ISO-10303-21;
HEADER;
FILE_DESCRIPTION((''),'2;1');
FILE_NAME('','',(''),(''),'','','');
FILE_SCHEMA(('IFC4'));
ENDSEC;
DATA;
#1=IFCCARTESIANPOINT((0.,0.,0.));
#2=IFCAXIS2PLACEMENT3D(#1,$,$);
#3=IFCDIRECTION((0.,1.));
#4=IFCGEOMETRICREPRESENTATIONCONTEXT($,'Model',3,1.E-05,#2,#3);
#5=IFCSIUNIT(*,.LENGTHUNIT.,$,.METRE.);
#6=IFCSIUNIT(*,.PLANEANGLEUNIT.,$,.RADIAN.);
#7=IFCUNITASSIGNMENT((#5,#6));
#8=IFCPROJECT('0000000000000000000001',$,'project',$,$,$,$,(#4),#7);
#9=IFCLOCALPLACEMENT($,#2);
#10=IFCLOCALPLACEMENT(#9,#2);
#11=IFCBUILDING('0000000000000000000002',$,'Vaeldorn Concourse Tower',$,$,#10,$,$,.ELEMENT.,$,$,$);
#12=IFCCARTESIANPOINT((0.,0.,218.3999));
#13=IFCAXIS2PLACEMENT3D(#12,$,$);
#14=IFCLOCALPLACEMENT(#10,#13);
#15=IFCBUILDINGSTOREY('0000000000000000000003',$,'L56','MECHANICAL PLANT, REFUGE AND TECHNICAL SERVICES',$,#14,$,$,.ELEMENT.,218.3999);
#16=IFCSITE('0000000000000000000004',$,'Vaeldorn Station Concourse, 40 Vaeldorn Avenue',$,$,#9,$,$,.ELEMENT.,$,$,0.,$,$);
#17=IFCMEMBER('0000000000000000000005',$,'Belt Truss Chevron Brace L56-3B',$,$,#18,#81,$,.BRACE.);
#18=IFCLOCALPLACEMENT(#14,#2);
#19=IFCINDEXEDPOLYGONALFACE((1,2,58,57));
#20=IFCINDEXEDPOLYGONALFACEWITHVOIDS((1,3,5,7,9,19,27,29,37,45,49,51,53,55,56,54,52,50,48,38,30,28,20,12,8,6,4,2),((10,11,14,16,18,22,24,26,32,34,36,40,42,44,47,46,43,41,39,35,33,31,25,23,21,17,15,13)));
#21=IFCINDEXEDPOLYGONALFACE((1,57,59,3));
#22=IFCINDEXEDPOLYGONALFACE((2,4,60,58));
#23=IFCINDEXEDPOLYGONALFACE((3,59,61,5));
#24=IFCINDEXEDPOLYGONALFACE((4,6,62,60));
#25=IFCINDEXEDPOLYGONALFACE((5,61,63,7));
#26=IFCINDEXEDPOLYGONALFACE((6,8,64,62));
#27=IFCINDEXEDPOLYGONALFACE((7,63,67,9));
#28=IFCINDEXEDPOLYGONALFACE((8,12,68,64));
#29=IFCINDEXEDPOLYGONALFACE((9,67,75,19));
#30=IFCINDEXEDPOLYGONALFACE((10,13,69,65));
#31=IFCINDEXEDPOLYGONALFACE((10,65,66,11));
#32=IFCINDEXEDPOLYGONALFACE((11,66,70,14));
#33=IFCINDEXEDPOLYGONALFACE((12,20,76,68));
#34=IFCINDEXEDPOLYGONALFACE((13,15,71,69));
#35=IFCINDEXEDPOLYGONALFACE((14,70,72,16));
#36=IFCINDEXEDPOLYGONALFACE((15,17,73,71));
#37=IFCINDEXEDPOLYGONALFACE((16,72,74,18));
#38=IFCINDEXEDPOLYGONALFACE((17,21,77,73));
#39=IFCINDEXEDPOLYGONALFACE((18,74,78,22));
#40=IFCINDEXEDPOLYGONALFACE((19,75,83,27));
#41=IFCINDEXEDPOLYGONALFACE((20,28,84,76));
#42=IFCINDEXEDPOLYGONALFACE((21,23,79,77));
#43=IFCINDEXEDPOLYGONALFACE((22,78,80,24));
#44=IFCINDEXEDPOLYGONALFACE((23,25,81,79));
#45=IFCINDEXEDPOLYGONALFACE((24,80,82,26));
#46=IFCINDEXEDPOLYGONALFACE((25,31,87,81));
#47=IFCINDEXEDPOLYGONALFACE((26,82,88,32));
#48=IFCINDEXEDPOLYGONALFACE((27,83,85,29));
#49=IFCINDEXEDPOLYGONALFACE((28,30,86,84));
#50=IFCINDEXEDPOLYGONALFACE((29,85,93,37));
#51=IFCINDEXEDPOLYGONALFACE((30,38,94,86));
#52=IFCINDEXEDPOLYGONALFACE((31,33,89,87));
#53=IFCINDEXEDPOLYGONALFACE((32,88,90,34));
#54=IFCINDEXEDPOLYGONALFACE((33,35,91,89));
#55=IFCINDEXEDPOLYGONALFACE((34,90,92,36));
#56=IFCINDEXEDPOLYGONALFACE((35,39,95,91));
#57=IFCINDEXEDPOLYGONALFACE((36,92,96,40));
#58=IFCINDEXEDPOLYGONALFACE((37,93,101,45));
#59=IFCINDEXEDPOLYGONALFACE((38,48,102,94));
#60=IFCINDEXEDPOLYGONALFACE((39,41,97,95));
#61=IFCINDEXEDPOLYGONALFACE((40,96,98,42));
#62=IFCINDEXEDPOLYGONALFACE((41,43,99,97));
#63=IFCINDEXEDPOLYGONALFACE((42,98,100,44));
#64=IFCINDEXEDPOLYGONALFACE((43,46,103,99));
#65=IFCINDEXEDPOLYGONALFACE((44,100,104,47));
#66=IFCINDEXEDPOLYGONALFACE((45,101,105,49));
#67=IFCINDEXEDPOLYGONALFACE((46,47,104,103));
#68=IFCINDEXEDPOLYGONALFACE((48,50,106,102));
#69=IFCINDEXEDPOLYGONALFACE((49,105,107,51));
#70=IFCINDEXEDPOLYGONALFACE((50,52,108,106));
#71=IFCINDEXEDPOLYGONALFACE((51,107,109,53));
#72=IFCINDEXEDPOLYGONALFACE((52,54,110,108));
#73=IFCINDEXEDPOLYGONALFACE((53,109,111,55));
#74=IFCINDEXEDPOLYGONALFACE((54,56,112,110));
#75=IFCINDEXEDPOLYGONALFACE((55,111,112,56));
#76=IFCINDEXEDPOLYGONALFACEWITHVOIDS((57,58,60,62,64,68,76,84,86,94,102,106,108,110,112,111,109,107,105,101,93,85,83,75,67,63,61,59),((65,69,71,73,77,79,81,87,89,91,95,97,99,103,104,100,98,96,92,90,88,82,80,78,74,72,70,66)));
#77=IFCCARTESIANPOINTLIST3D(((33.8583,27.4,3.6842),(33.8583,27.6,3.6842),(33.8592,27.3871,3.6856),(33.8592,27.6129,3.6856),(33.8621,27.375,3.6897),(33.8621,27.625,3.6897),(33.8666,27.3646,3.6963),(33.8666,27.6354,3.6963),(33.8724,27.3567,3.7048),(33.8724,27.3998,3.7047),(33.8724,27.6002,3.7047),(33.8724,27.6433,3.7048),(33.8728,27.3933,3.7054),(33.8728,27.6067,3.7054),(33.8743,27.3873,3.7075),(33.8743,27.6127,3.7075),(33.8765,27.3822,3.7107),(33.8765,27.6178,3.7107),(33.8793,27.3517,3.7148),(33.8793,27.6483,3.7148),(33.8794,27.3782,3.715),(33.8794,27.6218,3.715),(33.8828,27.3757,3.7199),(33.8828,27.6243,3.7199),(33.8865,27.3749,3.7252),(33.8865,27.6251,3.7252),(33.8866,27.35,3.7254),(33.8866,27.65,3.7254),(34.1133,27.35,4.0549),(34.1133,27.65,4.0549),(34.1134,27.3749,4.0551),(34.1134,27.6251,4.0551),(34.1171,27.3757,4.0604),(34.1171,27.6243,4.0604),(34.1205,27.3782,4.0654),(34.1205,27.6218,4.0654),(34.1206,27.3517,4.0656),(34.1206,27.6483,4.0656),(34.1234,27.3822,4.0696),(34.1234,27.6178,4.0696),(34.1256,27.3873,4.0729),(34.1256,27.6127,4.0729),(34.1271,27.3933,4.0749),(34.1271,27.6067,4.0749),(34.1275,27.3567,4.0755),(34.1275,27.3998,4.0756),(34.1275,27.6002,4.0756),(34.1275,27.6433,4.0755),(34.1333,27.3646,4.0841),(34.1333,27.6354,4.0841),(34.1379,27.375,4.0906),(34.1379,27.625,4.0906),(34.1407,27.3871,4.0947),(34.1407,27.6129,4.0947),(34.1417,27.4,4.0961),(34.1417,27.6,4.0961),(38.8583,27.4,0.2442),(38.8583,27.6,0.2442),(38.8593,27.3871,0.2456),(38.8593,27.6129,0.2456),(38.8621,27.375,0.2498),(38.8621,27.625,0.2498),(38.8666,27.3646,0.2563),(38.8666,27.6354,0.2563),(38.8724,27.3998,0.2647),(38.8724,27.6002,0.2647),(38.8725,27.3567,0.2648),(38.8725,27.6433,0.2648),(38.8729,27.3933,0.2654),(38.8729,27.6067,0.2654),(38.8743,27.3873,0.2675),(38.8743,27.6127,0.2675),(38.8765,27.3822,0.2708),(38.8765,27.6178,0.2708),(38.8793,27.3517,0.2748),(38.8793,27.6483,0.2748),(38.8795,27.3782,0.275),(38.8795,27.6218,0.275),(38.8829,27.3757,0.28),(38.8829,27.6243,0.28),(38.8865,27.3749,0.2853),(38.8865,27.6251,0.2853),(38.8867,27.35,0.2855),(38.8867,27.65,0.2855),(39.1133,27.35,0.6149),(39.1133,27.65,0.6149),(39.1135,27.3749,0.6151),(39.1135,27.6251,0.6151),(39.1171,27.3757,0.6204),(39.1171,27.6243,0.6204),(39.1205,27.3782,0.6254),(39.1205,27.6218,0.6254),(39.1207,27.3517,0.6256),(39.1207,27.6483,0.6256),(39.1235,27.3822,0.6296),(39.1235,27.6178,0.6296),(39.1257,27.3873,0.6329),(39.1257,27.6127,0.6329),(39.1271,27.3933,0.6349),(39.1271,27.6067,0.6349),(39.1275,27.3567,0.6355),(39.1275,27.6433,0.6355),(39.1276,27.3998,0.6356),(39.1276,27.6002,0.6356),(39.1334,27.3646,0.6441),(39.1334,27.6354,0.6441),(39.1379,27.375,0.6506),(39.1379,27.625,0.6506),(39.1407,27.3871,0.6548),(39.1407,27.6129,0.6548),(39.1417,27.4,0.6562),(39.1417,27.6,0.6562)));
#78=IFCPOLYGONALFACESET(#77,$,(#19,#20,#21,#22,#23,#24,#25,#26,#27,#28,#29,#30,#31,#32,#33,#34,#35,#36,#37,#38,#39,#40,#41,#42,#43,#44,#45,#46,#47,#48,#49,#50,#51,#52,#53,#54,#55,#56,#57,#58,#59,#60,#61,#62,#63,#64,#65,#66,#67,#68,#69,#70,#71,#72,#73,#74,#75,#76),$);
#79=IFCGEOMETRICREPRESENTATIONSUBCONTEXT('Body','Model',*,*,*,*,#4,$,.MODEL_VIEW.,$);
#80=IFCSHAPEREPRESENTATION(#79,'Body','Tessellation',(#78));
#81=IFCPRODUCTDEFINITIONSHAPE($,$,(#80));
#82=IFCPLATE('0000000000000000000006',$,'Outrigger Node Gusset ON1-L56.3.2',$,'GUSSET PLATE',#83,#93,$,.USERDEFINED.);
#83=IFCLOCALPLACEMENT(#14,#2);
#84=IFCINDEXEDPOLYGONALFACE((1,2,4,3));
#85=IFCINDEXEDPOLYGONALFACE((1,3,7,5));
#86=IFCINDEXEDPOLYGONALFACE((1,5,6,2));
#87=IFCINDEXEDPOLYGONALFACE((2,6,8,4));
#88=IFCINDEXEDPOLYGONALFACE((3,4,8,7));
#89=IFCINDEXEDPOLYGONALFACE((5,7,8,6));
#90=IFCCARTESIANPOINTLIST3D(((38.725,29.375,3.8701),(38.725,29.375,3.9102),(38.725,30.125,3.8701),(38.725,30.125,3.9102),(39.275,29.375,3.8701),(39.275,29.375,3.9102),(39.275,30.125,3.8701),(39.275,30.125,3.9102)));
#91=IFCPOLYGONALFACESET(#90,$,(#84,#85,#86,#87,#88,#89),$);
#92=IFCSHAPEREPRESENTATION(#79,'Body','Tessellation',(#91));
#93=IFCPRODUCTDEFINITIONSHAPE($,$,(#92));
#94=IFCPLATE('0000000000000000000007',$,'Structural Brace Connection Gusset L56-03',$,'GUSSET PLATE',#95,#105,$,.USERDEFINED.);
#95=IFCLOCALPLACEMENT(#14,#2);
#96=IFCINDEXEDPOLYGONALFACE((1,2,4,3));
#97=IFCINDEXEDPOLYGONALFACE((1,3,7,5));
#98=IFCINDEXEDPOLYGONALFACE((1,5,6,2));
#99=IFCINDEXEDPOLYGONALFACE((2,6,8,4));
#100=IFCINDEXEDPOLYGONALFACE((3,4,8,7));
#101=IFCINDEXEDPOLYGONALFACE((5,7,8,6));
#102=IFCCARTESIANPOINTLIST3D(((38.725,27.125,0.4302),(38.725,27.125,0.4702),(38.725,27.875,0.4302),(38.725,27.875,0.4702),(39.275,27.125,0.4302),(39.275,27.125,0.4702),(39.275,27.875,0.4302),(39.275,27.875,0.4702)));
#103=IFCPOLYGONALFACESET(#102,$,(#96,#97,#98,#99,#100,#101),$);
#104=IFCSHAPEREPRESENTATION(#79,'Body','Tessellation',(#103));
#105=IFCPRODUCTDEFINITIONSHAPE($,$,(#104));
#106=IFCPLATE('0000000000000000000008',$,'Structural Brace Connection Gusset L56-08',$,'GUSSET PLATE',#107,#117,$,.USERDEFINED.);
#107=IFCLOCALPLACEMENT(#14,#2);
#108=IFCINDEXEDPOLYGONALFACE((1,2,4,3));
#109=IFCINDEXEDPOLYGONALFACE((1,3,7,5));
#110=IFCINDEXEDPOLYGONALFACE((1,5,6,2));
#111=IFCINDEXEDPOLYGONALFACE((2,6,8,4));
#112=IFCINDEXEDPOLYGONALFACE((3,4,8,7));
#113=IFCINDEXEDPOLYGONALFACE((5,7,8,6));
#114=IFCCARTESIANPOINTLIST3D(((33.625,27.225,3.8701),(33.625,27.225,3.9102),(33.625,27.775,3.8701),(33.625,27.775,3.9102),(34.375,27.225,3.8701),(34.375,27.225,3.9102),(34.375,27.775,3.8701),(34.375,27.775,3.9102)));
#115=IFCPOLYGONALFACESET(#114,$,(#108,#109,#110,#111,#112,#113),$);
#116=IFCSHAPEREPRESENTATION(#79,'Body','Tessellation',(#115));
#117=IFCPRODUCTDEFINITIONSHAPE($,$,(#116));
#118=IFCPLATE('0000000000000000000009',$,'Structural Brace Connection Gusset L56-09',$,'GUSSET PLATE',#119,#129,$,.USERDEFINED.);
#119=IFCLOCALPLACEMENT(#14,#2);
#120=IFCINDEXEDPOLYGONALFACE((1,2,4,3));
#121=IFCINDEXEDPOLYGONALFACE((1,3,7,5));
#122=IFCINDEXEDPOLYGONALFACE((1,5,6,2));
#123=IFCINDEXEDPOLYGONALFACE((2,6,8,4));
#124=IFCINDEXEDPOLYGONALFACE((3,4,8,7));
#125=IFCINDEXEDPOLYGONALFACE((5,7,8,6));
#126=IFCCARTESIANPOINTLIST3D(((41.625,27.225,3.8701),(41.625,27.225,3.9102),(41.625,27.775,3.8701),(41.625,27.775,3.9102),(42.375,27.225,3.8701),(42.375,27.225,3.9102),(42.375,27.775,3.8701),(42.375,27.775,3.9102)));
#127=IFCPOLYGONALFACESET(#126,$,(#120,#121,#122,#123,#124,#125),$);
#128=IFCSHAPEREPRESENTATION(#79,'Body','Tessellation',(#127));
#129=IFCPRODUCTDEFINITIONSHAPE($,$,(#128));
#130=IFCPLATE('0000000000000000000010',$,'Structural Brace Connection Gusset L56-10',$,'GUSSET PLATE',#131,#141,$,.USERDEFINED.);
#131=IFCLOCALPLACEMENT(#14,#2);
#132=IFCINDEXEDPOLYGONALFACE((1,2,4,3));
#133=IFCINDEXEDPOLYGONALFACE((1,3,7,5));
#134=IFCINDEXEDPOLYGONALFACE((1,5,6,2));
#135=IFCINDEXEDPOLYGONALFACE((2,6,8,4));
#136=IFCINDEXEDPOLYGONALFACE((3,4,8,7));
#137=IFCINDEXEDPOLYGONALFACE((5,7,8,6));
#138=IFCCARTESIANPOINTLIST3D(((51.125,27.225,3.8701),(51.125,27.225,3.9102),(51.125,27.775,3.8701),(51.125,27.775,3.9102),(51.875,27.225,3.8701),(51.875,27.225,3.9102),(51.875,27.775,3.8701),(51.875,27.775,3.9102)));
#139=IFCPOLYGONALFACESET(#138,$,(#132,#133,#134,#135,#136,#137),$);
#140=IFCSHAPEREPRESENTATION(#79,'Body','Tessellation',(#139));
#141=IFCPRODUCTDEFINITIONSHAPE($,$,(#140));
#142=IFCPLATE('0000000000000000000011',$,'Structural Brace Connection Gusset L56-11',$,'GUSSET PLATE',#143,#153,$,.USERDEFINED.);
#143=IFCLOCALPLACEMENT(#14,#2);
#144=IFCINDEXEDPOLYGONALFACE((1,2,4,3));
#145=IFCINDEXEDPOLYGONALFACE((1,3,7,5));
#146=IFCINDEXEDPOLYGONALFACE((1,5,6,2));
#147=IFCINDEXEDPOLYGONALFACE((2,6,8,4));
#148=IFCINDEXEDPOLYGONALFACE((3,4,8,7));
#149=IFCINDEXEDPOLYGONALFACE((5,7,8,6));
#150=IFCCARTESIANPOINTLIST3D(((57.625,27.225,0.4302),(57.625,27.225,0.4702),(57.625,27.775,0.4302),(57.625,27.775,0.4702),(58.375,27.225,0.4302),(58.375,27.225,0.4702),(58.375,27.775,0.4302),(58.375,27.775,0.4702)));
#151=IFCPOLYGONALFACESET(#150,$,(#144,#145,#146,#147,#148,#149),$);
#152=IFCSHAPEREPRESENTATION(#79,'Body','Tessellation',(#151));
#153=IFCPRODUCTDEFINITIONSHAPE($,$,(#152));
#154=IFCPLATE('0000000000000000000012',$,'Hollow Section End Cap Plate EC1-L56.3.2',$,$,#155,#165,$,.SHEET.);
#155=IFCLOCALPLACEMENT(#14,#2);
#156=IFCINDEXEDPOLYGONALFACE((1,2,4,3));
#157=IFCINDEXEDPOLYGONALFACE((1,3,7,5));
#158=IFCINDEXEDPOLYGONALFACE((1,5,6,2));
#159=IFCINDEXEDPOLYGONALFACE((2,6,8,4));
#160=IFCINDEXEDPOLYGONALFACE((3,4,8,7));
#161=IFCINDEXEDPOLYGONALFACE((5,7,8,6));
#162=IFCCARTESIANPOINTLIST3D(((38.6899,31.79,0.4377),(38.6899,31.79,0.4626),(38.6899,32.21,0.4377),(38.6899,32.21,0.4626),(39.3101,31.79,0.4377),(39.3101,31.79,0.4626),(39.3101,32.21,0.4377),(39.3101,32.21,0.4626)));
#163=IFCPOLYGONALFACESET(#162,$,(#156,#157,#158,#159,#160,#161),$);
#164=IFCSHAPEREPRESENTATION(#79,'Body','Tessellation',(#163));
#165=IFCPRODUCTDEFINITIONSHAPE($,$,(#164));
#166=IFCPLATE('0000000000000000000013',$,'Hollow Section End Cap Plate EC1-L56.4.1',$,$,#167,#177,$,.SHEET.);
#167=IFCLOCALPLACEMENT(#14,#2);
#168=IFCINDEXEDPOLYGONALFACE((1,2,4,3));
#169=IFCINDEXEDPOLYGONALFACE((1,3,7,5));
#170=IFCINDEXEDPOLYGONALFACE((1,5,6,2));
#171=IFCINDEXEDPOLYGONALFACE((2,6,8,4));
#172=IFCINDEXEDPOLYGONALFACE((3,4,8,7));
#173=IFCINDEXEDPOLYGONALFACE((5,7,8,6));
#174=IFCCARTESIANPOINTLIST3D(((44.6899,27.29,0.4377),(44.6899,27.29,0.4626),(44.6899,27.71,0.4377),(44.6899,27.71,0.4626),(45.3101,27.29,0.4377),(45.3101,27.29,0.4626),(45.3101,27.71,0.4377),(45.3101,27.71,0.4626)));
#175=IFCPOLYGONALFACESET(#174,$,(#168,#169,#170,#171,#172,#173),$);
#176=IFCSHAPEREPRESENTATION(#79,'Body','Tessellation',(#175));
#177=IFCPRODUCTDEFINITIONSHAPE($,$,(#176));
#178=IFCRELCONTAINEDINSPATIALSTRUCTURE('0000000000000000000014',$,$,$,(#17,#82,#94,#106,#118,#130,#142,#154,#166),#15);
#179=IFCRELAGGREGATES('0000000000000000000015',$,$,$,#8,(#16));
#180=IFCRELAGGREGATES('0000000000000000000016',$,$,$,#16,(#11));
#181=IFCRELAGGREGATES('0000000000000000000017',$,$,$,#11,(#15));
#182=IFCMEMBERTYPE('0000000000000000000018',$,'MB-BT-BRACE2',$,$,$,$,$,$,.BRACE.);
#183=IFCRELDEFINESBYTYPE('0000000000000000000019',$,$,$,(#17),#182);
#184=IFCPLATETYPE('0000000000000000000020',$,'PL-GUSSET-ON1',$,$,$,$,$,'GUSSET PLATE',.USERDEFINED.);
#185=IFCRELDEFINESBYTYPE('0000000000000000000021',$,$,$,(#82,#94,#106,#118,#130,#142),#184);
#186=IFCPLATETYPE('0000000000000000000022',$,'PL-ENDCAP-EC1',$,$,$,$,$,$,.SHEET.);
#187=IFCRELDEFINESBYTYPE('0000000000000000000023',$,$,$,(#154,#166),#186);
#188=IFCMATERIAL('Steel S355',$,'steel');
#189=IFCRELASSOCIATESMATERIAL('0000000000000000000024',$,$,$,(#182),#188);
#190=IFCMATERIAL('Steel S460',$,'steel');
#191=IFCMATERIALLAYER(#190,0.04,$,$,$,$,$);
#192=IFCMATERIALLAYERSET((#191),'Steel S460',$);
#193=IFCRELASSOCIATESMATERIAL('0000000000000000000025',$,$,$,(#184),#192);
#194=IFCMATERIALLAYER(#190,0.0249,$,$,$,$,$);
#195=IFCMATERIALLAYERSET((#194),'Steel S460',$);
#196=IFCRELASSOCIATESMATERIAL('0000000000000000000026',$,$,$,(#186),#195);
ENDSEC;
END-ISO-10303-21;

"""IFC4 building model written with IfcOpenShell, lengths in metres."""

from ifc_helpers import new_model, si_unit, direction, frame, origin, origin_2d, place, context, subcontext, project, spatial, rectangle, hollow_rectangle, extrude, source, transform, mapped, material, layer, layer_set, material_profile, profile_set, type_object, element, save


model = new_model("IFC4")

# Units and contexts
model_context = context("Model", 3, precision=1e-05, world=origin(), true_north=direction((0.0, 1.0)))
body_context = subcontext(model_context, "Body", "Model", "MODEL_VIEW")
ifc_project = project(units=[si_unit("LENGTHUNIT", "METRE"), si_unit("PLANEANGLEUNIT", "RADIAN")], contexts=[model_context])

# Site, building, storey
site_placement = place(None, origin())
site = spatial("IfcSite", under=ifc_project, at=site_placement, Name="Vaeldorn Station Concourse, 40 Vaeldorn Avenue", CompositionType="ELEMENT", RefElevation=0.0)
building_placement = place(site_placement, origin())
building = spatial("IfcBuilding", under=site, at=building_placement, Name="Vaeldorn Concourse Tower", CompositionType="ELEMENT")
storey_placement = place(building_placement, frame((0.0, 0.0, 218.3999)))
storey = spatial("IfcBuildingStorey", under=building, at=storey_placement, Name="L56", Description="MECHANICAL PLANT, REFUGE AND TECHNICAL SERVICES", CompositionType="ELEMENT", Elevation=218.3999)

# Shared definitions
ifc_material_1 = material(Name="Steel S460", Category="steel")
ifc_material_2 = material(Name="Steel S355", Category="steel")

# Member
ifc_material_profile_1 = material_profile(ifc_material_2, hollow_rectangle(XDim=0.3, YDim=0.5, WallThickness=0.0249, InnerFilletRadius=0.0249, OuterFilletRadius=0.05, at=origin_2d()), Name="RHS 500x300x25")
ifc_profile_set_1 = profile_set([ifc_material_profile_1], Name="Steel S355")
member_type_1 = type_object("IfcMemberType", Name="MB-BT-BRACE2", PredefinedType="BRACE", material=ifc_profile_set_1)
shared_shape_1 = source(origin(), body_context, "Body", "SweptSolid", [
    extrude(hollow_rectangle(XDim=0.3, YDim=0.5, WallThickness=0.0249, InnerFilletRadius=0.0249, OuterFilletRadius=0.05, at=origin_2d()), origin(), (0.0, 0.0, 1.0), 6.0691),
])
member_1_placement = place(storey_placement, frame((39.0, 27.5, 0.4502), z_axis=(-0.823854, 0.0, 0.566802), x_axis=(0.0, -1.0, 0.0)))
element("IfcMember", 1, at=member_1_placement, inside=storey, type_object=member_type_1, Name="Belt Truss Chevron Brace L56-3B", PredefinedType="BRACE", context=body_context, shape_type="MappedRepresentation", body=[
    mapped(shared_shape_1, transform((0.0, 0.0, 0.0), scale=1.0)),
])

# Plates
ifc_layer_1 = layer(ifc_material_1, 0.04)
ifc_layer_set_1 = layer_set([ifc_layer_1], Name="Steel S460")
plate_type_1 = type_object("IfcPlateType", Name="PL-GUSSET-ON1", ElementType="GUSSET PLATE", PredefinedType="USERDEFINED", material=ifc_layer_set_1)
shared_shape_2 = source(origin(), body_context, "Body", "SweptSolid", [
    extrude(rectangle(XDim=0.75, YDim=0.55, at=origin_2d()), origin(), (0.0, 0.0, 1.0), 0.04),
])
for number, where, z_axis, x_axis, name in (
    (2, (39.0, 29.75, 3.8701), (0.0, 0.0, 1.0), (0.0, 1.0, 0.0), "Outrigger Node Gusset ON1-L56.3.2"),
    (3, (39.0, 27.5, 0.4302), (0.0, 0.0, 1.0), (0.0, 1.0, 0.0), "Structural Brace Connection Gusset L56-03"),
    (4, (34.0, 27.5, 3.8701), (0.0, 0.0, 1.0), (1.0, 0.0, 0.0), "Structural Brace Connection Gusset L56-08"),
    (5, (42.0, 27.5, 3.8701), (0.0, 0.0, 1.0), (1.0, 0.0, 0.0), "Structural Brace Connection Gusset L56-09"),
    (6, (51.5, 27.5, 3.8701), (0.0, 0.0, 1.0), (1.0, 0.0, 0.0), "Structural Brace Connection Gusset L56-10"),
    (7, (58.0, 27.5, 0.4302), (0.0, 0.0, 1.0), (1.0, 0.0, 0.0), "Structural Brace Connection Gusset L56-11"),
):
    element("IfcPlate", number, at=place(storey_placement, frame(where, z_axis=z_axis, x_axis=x_axis)), inside=storey, type_object=plate_type_1, Name=name, ObjectType="GUSSET PLATE", PredefinedType="USERDEFINED", context=body_context, shape_type="MappedRepresentation", body=[
        mapped(shared_shape_2, transform((0.0, 0.0, 0.0), scale=1.0)),
    ])
ifc_layer_2 = layer(ifc_material_1, 0.0249)
ifc_layer_set_2 = layer_set([ifc_layer_2], Name="Steel S460")
plate_type_2 = type_object("IfcPlateType", Name="PL-ENDCAP-EC1", PredefinedType="SHEET", material=ifc_layer_set_2)
shared_shape_3 = source(origin(), body_context, "Body", "SweptSolid", [
    extrude(rectangle(XDim=0.6201, YDim=0.4199, at=origin_2d()), origin(), (0.0, 0.0, 1.0), 0.0249),
])
for number, where, z_axis, x_axis, name in (
    (8, (39.0, 32.0, 0.4377), (0.0, 0.0, 1.0), (1.0, 0.0, 0.0), "Hollow Section End Cap Plate EC1-L56.3.2"),
    (9, (45.0, 27.5, 0.4377), (0.0, 0.0, 1.0), (1.0, 0.0, 0.0), "Hollow Section End Cap Plate EC1-L56.4.1"),
):
    element("IfcPlate", number, at=place(storey_placement, frame(where, z_axis=z_axis, x_axis=x_axis)), inside=storey, type_object=plate_type_2, Name=name, PredefinedType="SHEET", context=body_context, shape_type="MappedRepresentation", body=[
        mapped(shared_shape_3, transform((0.0, 0.0, 0.0), scale=1.0)),
    ])

save(model, "model.ifc")
